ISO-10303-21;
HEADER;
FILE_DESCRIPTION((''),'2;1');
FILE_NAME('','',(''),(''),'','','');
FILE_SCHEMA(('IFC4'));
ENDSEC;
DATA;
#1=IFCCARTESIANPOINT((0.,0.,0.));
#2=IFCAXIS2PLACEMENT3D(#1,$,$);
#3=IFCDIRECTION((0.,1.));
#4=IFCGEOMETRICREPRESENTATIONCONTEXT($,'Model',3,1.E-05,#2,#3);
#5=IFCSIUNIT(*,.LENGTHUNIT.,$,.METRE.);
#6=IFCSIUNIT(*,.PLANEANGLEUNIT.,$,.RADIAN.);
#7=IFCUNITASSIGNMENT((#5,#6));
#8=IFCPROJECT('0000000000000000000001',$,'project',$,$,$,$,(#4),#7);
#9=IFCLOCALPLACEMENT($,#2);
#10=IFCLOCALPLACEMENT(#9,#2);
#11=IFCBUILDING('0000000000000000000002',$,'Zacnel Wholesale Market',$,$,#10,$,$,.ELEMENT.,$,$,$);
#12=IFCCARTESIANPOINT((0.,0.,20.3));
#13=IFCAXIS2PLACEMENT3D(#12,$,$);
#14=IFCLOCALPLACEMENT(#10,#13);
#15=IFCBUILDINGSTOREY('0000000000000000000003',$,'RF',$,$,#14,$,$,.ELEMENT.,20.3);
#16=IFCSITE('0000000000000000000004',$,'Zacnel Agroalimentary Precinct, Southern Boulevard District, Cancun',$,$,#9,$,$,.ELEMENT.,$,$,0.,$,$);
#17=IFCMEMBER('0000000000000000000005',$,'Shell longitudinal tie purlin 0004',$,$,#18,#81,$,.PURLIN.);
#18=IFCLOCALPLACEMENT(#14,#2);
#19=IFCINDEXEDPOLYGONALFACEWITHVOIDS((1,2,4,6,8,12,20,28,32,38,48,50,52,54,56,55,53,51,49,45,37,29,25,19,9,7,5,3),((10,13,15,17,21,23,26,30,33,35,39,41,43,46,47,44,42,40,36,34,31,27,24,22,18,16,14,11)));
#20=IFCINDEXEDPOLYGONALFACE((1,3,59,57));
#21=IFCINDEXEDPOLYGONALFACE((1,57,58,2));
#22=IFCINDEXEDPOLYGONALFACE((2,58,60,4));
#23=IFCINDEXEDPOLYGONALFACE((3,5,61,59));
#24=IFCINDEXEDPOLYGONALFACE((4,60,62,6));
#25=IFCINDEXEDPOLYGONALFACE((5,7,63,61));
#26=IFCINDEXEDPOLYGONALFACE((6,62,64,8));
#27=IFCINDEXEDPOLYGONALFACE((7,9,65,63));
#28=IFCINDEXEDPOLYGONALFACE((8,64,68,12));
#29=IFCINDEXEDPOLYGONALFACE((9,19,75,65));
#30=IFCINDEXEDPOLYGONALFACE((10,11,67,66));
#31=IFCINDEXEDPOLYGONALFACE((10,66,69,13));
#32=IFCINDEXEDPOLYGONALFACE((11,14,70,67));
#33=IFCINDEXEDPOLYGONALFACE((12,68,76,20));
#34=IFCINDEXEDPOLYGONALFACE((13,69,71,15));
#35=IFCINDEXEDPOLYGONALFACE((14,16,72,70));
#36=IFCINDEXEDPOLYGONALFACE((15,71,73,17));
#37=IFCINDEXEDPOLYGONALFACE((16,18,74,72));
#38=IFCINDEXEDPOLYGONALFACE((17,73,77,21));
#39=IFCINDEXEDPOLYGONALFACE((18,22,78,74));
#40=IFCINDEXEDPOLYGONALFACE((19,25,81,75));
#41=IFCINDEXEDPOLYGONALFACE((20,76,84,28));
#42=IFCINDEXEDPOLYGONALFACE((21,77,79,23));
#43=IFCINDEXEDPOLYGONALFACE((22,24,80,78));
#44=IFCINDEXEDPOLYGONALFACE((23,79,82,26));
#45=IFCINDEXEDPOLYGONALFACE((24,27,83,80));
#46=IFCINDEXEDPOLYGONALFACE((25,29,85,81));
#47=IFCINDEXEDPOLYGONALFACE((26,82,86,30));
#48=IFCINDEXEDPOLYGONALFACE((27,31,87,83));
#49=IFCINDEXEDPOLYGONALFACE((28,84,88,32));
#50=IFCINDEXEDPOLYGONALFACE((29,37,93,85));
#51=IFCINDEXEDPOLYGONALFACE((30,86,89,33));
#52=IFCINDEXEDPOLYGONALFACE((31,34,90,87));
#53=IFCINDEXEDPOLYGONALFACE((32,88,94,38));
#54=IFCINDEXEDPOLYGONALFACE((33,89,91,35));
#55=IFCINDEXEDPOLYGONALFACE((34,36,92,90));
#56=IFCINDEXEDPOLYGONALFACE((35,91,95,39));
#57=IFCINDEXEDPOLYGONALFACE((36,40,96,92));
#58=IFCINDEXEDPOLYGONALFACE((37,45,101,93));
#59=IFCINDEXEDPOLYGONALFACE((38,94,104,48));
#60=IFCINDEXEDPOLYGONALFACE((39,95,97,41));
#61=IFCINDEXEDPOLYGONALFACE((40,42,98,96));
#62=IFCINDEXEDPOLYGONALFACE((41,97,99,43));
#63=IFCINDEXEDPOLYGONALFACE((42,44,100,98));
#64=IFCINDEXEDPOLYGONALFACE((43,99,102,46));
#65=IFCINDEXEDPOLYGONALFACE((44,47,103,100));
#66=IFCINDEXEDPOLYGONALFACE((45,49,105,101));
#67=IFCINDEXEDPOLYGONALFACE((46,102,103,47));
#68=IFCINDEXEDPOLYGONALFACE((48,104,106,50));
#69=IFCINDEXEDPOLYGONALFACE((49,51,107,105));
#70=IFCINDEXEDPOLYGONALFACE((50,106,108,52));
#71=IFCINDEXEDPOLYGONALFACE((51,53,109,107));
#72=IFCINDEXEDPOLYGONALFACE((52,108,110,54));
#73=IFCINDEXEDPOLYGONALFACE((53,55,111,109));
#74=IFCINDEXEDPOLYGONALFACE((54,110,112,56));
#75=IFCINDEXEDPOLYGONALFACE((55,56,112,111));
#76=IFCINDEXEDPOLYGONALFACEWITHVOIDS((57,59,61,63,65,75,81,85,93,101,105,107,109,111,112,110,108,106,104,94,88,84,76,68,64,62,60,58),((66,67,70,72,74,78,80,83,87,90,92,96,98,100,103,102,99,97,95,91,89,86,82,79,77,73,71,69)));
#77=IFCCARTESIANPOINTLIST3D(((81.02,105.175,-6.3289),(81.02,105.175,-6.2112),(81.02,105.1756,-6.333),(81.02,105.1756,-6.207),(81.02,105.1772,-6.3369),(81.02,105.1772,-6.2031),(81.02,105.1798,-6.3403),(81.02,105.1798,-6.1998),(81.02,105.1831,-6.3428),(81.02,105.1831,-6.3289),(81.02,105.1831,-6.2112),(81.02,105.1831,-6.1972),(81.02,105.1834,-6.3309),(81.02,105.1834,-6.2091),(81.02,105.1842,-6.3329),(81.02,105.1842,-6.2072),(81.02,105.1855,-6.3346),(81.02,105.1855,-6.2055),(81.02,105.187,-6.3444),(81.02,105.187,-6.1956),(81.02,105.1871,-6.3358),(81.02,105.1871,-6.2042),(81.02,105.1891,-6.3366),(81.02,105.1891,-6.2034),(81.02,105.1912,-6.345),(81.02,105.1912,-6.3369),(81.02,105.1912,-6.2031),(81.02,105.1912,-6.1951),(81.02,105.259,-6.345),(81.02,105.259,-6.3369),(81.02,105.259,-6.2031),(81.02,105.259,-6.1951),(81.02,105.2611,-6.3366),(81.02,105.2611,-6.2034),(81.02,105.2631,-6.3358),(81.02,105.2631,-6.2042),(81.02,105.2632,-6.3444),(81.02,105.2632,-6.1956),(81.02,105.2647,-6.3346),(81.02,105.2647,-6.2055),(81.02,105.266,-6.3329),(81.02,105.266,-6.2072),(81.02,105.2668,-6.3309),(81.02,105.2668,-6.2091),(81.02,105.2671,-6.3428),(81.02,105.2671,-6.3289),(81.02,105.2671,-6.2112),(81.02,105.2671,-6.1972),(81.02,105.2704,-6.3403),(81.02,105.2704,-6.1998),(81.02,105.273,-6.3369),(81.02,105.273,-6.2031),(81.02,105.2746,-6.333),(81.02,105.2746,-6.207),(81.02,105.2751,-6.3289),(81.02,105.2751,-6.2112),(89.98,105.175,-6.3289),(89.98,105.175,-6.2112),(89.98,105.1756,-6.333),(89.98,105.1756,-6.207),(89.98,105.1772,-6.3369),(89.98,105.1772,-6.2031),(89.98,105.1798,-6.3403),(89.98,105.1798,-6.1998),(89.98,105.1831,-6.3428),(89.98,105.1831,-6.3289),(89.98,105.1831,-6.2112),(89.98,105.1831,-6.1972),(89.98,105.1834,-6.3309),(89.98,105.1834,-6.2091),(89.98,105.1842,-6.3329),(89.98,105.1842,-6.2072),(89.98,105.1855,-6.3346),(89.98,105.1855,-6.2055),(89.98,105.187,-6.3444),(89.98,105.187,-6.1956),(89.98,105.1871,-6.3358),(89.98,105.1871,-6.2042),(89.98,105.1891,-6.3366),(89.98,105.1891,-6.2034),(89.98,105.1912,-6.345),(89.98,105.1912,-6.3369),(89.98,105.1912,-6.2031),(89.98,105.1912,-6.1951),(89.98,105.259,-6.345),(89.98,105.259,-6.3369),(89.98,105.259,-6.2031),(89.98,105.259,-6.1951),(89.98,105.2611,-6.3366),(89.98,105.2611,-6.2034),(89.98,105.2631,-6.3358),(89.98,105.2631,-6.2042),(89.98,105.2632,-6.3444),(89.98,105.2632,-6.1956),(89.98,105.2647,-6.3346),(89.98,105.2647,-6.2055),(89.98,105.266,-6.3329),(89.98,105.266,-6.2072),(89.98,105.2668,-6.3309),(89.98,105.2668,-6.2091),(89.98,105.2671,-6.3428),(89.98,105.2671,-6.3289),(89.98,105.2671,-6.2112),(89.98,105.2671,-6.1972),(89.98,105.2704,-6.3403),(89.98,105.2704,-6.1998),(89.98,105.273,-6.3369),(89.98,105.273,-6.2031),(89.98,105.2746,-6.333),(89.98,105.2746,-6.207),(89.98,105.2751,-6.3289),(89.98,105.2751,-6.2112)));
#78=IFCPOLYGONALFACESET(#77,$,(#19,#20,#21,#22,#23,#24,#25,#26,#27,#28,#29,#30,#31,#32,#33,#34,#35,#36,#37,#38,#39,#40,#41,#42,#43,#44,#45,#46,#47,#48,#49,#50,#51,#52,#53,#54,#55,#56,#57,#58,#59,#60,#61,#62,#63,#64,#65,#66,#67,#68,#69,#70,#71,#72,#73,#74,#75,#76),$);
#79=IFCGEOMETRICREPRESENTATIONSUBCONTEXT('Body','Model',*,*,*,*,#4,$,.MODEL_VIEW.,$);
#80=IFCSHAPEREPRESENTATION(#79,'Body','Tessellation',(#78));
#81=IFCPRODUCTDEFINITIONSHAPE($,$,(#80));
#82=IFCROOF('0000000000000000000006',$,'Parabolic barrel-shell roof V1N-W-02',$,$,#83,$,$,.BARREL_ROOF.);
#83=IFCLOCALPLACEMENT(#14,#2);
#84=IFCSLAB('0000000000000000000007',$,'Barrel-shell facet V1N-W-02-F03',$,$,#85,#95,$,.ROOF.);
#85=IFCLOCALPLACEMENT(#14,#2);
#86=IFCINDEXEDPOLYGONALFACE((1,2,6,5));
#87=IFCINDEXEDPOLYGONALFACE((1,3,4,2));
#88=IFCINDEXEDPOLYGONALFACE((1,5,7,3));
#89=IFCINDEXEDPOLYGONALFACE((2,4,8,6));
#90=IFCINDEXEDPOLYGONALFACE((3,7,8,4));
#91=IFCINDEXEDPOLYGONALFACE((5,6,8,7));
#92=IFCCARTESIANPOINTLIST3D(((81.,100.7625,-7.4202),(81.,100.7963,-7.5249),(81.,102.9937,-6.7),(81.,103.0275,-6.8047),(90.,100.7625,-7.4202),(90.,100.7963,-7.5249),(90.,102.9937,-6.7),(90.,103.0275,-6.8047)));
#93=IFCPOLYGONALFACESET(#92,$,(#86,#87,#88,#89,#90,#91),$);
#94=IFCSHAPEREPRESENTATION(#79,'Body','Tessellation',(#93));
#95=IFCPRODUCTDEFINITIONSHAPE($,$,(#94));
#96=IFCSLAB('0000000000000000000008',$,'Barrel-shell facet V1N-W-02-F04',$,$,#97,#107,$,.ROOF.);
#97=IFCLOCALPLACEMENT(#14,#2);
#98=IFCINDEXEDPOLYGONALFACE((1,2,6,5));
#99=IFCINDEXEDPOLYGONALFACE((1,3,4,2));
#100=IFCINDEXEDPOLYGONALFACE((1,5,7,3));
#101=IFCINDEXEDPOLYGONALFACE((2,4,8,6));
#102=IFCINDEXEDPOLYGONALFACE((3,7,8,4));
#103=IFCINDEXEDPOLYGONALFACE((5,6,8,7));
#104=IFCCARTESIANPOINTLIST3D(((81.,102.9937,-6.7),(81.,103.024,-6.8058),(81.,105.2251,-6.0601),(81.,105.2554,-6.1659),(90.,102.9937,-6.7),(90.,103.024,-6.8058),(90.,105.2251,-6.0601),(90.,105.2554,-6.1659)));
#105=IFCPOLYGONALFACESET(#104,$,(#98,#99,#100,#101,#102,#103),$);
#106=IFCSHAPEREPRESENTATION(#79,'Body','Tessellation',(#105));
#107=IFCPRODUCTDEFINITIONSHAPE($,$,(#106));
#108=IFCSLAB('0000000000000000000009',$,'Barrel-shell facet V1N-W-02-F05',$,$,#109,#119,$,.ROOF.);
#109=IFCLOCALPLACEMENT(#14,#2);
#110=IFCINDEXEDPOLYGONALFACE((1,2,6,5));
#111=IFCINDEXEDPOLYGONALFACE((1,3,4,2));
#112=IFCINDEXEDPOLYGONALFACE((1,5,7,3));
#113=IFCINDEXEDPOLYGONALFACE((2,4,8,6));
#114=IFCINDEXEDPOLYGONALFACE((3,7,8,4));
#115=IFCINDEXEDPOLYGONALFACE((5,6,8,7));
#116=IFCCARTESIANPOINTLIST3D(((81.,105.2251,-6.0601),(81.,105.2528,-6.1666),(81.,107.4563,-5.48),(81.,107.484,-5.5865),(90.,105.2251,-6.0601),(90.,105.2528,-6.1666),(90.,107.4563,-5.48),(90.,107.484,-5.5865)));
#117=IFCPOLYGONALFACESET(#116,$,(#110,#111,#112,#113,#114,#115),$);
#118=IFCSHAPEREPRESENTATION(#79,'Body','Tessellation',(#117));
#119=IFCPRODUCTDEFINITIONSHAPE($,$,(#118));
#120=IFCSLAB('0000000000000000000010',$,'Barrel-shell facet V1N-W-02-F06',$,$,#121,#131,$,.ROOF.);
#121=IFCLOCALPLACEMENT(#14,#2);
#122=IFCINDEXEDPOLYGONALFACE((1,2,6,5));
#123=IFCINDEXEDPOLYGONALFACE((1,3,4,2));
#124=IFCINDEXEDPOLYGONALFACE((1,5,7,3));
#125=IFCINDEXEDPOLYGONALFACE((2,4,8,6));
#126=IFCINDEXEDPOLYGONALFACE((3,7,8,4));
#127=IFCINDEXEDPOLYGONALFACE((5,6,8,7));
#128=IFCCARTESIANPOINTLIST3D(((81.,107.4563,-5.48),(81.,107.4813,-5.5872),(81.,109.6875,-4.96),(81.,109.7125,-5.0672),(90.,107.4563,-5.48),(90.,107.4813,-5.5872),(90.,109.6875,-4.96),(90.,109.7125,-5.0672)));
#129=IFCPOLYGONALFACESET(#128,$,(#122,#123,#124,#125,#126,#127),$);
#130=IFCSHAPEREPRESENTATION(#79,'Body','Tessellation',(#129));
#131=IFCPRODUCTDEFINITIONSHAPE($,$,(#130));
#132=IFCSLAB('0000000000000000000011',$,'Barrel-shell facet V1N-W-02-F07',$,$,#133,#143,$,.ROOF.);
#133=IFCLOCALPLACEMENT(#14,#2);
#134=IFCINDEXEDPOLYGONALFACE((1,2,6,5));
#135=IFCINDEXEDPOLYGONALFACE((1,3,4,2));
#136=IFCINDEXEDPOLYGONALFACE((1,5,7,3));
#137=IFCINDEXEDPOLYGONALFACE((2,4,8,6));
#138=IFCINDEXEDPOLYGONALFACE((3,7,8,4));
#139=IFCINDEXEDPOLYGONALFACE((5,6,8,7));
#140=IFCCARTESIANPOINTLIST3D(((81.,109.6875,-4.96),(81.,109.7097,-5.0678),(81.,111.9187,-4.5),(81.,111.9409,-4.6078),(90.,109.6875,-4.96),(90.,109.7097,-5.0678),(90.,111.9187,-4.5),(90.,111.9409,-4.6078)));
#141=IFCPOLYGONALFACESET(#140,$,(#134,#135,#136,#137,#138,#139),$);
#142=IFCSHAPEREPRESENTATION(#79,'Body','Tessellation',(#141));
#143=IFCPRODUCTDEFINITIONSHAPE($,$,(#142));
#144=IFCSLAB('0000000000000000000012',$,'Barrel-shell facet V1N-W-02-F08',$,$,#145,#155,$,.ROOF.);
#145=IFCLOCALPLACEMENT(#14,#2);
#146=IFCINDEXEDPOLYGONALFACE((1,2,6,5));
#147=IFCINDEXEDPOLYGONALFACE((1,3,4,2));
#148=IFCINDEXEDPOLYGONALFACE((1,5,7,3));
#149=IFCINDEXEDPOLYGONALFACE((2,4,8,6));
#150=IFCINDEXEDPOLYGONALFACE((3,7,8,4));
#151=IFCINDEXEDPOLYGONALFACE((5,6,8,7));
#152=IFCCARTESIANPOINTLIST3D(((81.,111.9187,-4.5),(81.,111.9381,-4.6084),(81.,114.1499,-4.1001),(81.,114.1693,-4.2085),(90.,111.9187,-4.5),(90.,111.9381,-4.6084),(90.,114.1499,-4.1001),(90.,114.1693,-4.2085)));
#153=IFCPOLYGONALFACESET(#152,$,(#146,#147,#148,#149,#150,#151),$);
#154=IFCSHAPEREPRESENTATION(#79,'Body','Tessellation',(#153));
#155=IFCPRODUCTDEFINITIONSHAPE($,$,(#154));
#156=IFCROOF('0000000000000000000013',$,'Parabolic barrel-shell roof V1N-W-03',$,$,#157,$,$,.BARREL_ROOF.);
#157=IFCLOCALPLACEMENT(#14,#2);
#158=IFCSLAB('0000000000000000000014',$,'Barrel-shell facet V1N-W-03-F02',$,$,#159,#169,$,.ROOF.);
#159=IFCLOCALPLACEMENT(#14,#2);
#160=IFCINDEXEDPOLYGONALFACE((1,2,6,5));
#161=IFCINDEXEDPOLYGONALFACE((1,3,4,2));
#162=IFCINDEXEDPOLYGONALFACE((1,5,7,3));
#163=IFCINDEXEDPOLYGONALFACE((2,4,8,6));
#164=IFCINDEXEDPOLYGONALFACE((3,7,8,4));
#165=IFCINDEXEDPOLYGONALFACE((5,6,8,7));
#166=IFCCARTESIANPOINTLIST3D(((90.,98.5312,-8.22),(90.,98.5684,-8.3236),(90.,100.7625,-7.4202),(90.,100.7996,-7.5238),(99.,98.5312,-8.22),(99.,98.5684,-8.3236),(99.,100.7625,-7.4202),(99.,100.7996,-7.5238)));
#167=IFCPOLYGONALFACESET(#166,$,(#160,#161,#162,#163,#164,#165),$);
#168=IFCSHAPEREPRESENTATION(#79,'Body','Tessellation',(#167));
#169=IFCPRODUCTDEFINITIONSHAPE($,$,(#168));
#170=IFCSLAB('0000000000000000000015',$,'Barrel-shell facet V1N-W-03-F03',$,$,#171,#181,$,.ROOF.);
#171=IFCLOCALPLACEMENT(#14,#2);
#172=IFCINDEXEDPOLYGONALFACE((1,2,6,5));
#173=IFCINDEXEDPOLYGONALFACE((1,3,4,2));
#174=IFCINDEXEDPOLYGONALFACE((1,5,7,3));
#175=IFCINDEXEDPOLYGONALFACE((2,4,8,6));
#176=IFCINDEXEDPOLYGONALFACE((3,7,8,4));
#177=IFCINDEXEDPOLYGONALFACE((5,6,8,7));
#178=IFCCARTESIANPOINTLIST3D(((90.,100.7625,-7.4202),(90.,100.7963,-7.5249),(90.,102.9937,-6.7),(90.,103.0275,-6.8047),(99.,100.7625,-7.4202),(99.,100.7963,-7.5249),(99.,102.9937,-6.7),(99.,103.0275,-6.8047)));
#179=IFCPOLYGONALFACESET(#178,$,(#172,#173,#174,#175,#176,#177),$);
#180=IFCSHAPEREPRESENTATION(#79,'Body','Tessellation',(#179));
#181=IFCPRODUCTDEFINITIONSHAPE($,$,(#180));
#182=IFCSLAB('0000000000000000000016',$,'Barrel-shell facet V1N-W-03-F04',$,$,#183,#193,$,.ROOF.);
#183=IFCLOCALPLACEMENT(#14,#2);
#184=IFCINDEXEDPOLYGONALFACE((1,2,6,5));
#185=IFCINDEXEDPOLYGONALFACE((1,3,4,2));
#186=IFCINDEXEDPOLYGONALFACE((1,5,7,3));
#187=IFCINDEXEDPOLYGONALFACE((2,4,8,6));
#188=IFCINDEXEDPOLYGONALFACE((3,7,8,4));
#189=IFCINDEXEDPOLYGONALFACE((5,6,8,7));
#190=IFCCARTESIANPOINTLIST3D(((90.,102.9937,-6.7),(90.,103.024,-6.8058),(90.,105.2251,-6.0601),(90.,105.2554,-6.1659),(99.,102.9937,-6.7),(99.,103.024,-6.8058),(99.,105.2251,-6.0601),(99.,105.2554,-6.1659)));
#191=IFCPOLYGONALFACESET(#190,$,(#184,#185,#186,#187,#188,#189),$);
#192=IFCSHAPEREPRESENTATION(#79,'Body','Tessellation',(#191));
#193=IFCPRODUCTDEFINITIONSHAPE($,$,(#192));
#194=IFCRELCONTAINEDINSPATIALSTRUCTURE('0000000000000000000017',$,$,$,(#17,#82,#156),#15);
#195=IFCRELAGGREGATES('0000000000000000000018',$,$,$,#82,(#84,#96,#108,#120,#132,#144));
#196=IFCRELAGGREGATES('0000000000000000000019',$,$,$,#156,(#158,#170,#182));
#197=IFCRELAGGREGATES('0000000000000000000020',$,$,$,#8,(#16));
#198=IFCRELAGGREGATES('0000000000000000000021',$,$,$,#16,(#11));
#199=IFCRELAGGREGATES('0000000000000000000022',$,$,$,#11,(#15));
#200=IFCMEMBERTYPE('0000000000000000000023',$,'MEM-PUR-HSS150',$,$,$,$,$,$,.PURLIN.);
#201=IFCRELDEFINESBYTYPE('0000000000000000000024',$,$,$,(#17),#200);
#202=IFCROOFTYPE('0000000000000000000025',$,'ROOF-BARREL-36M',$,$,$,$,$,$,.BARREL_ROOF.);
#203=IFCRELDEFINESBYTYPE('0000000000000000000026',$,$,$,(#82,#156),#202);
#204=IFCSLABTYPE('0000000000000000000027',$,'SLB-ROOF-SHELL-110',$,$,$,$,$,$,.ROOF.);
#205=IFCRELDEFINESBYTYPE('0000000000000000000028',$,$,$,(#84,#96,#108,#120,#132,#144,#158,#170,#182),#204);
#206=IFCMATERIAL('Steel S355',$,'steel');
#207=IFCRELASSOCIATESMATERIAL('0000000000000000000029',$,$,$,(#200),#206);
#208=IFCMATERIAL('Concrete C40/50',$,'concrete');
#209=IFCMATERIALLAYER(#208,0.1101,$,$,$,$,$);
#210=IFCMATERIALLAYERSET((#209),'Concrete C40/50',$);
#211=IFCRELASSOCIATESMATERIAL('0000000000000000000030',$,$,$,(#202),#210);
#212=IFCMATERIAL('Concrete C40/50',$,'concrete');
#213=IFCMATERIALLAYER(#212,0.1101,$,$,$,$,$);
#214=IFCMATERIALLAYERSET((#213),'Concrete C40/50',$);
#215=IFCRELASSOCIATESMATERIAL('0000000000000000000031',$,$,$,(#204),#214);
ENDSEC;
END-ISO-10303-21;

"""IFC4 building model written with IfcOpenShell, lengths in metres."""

from ifc_helpers import new_model, si_unit, direction, frame, origin, origin_2d, place, context, subcontext, project, spatial, polyline, hollow_rectangle, outline, extrude, material, layer, layer_set, material_profile, profile_set, type_object, element, aggregate, save


model = new_model("IFC4")

# Units and contexts
model_context = context("Model", 3, precision=1e-05, world=origin(), true_north=direction((0.0, 1.0)))
body_context = subcontext(model_context, "Body", "Model", "MODEL_VIEW")
ifc_project = project(units=[si_unit("LENGTHUNIT", "METRE"), si_unit("PLANEANGLEUNIT", "RADIAN")], contexts=[model_context])

# Site, building, storey
site_placement = place(None, origin())
site = spatial("IfcSite", under=ifc_project, at=site_placement, Name="Zacnel Agroalimentary Precinct, Southern Boulevard District, Cancun", CompositionType="ELEMENT", RefElevation=0.0)
building_placement = place(site_placement, origin())
building = spatial("IfcBuilding", under=site, at=building_placement, Name="Zacnel Wholesale Market", CompositionType="ELEMENT")
storey_placement = place(building_placement, frame((0.0, 0.0, 20.3)))
storey = spatial("IfcBuildingStorey", under=building, at=storey_placement, Name="RF", CompositionType="ELEMENT", Elevation=20.3)

# Member
ifc_material_1 = material(Name="Steel S355", Category="steel")
ifc_material_profile_1 = material_profile(ifc_material_1, hollow_rectangle(XDim=0.1001, YDim=0.1499, WallThickness=0.0081, InnerFilletRadius=0.0081, OuterFilletRadius=0.0161, at=origin_2d()), Name="HSS 150x100x8")
ifc_profile_set_1 = profile_set([ifc_material_profile_1], Name="Steel S355")
member_type = type_object("IfcMemberType", Name="MEM-PUR-HSS150", PredefinedType="PURLIN", material=ifc_profile_set_1)
member_placement = place(storey_placement, frame((81.02, 105.2251, -6.27), z_axis=(1.0, 0.0, 0.0), x_axis=(0.0, 1.0, 0.0)))
element("IfcMember", 1, at=member_placement, inside=storey, type_object=member_type, Name="Shell longitudinal tie purlin 0004", PredefinedType="PURLIN", context=body_context, shape_type="SweptSolid", body=[
    extrude(hollow_rectangle(XDim=0.1001, YDim=0.1499, WallThickness=0.0081, InnerFilletRadius=0.0081, OuterFilletRadius=0.0161, at=origin_2d()), origin(), (0.0, 0.0, 1.0), 8.96),
])

# Roofs, slabs
ifc_material_2 = material(Name="Concrete C40/50", Category="concrete")
ifc_layer_1 = layer(ifc_material_2, 0.1101)
ifc_layer_set_1 = layer_set([ifc_layer_1], Name="Concrete C40/50")
roof_type = type_object("IfcRoofType", Name="ROOF-BARREL-36M", PredefinedType="BARREL_ROOF", material=ifc_layer_set_1)
roof_1_placement = place(storey_placement, origin())
roof_1 = element("IfcRoof", 2, at=roof_1_placement, inside=storey, type_object=roof_type, Name="Parabolic barrel-shell roof V1N-W-02", PredefinedType="BARREL_ROOF")
ifc_material_3 = material(Name="Concrete C40/50", Category="concrete")
ifc_layer_2 = layer(ifc_material_3, 0.1101)
ifc_layer_set_2 = layer_set([ifc_layer_2], Name="Concrete C40/50")
slab_type = type_object("IfcSlabType", Name="SLB-ROOF-SHELL-110", PredefinedType="ROOF", material=ifc_layer_set_2)
slab_1_placement = place(storey_placement, frame((81.0, 100.7625, -7.4202), z_axis=(0.0, -0.307185, 0.95165), x_axis=(1.0, 0.0, 0.0)))
slab_1 = element("IfcSlab", 3, at=slab_1_placement, type_object=slab_type, Name="Barrel-shell facet V1N-W-02-F03", PredefinedType="ROOF", context=body_context, shape_type="SweptSolid", body=[
    extrude(outline(polyline([(0.0, 0.0), (9.0, 0.0), (9.0, 2.3446), (0.0, 2.3446), (0.0, 0.0)])), origin(), (0.0, 0.0, -1.0), 0.1101),
])
slab_2_placement = place(storey_placement, frame((81.0, 102.9937, -6.7), z_axis=(0.0, -0.275652, 0.961258), x_axis=(1.0, 0.0, 0.0)))
slab_2 = element("IfcSlab", 4, at=slab_2_placement, type_object=slab_type, Name="Barrel-shell facet V1N-W-02-F04", PredefinedType="ROOF", context=body_context, shape_type="SweptSolid", body=[
    extrude(outline(polyline([(0.0, 0.0), (9.0, 0.0), (9.0, 2.3214), (0.0, 2.3214), (0.0, 0.0)])), origin(), (0.0, 0.0, -1.0), 0.1101),
])
slab_3_placement = place(storey_placement, frame((81.0, 105.2251, -6.0601), z_axis=(0.0, -0.25162, 0.967826), x_axis=(1.0, 0.0, 0.0)))
slab_3 = element("IfcSlab", 5, at=slab_3_placement, type_object=slab_type, Name="Barrel-shell facet V1N-W-02-F05", PredefinedType="ROOF", context=body_context, shape_type="SweptSolid", body=[
    extrude(outline(polyline([(0.0, 0.0), (9.0, 0.0), (9.0, 2.3054), (0.0, 2.3054), (0.0, 0.0)])), origin(), (0.0, 0.0, -1.0), 0.1101),
])
slab_4_placement = place(storey_placement, frame((81.0, 107.4563, -5.48), z_axis=(0.0, -0.226984, 0.973899), x_axis=(1.0, 0.0, 0.0)))
slab_4 = element("IfcSlab", 6, at=slab_4_placement, type_object=slab_type, Name="Barrel-shell facet V1N-W-02-F06", PredefinedType="ROOF", context=body_context, shape_type="SweptSolid", body=[
    extrude(outline(polyline([(0.0, 0.0), (9.0, 0.0), (9.0, 2.291), (0.0, 2.291), (0.0, 0.0)])), origin(), (0.0, 0.0, -1.0), 0.1101),
])
slab_5_placement = place(storey_placement, frame((81.0, 109.6875, -4.96), z_axis=(0.0, -0.201904, 0.979405), x_axis=(1.0, 0.0, 0.0)))
slab_5 = element("IfcSlab", 7, at=slab_5_placement, type_object=slab_type, Name="Barrel-shell facet V1N-W-02-F07", PredefinedType="ROOF", context=body_context, shape_type="SweptSolid", body=[
    extrude(outline(polyline([(0.0, 0.0), (9.0, 0.0), (9.0, 2.2781), (0.0, 2.2781), (0.0, 0.0)])), origin(), (0.0, 0.0, -1.0), 0.1101),
])
slab_6_placement = place(storey_placement, frame((81.0, 111.9187, -4.5), z_axis=(0.0, -0.176421, 0.984315), x_axis=(1.0, 0.0, 0.0)))
slab_6 = element("IfcSlab", 8, at=slab_6_placement, type_object=slab_type, Name="Barrel-shell facet V1N-W-02-F08", PredefinedType="ROOF", context=body_context, shape_type="SweptSolid", body=[
    extrude(outline(polyline([(0.0, 0.0), (9.0, 0.0), (9.0, 2.2668), (0.0, 2.2668), (0.0, 0.0)])), origin(), (0.0, 0.0, -1.0), 0.1101),
])
aggregate(roof_1, [slab_1, slab_2, slab_3, slab_4, slab_5, slab_6])
roof_2_placement = place(storey_placement, origin())
roof_2 = element("IfcRoof", 9, at=roof_2_placement, inside=storey, type_object=roof_type, Name="Parabolic barrel-shell roof V1N-W-03", PredefinedType="BARREL_ROOF")
slab_7_placement = place(storey_placement, frame((90.0, 98.5312, -8.22), z_axis=(0.0, -0.337439, 0.941347), x_axis=(1.0, 0.0, 0.0)))
slab_7 = element("IfcSlab", 10, at=slab_7_placement, type_object=slab_type, Name="Barrel-shell facet V1N-W-03-F02", PredefinedType="ROOF", context=body_context, shape_type="SweptSolid", body=[
    extrude(outline(polyline([(0.0, 0.0), (9.0, 0.0), (9.0, 2.3702), (0.0, 2.3702), (0.0, 0.0)])), origin(), (0.0, 0.0, -1.0), 0.1101),
])
slab_8_placement = place(storey_placement, frame((90.0, 100.7625, -7.4202), z_axis=(0.0, -0.307185, 0.95165), x_axis=(1.0, 0.0, 0.0)))
slab_8 = element("IfcSlab", 11, at=slab_8_placement, type_object=slab_type, Name="Barrel-shell facet V1N-W-03-F03", PredefinedType="ROOF", context=body_context, shape_type="SweptSolid", body=[
    extrude(outline(polyline([(0.0, 0.0), (9.0, 0.0), (9.0, 2.3446), (0.0, 2.3446), (0.0, 0.0)])), origin(), (0.0, 0.0, -1.0), 0.1101),
])
slab_9_placement = place(storey_placement, frame((90.0, 102.9937, -6.7), z_axis=(0.0, -0.275652, 0.961258), x_axis=(1.0, 0.0, 0.0)))
slab_9 = element("IfcSlab", 12, at=slab_9_placement, type_object=slab_type, Name="Barrel-shell facet V1N-W-03-F04", PredefinedType="ROOF", context=body_context, shape_type="SweptSolid", body=[
    extrude(outline(polyline([(0.0, 0.0), (9.0, 0.0), (9.0, 2.3214), (0.0, 2.3214), (0.0, 0.0)])), origin(), (0.0, 0.0, -1.0), 0.1101),
])
aggregate(roof_2, [slab_7, slab_8, slab_9])

save(model, "model.ifc")
